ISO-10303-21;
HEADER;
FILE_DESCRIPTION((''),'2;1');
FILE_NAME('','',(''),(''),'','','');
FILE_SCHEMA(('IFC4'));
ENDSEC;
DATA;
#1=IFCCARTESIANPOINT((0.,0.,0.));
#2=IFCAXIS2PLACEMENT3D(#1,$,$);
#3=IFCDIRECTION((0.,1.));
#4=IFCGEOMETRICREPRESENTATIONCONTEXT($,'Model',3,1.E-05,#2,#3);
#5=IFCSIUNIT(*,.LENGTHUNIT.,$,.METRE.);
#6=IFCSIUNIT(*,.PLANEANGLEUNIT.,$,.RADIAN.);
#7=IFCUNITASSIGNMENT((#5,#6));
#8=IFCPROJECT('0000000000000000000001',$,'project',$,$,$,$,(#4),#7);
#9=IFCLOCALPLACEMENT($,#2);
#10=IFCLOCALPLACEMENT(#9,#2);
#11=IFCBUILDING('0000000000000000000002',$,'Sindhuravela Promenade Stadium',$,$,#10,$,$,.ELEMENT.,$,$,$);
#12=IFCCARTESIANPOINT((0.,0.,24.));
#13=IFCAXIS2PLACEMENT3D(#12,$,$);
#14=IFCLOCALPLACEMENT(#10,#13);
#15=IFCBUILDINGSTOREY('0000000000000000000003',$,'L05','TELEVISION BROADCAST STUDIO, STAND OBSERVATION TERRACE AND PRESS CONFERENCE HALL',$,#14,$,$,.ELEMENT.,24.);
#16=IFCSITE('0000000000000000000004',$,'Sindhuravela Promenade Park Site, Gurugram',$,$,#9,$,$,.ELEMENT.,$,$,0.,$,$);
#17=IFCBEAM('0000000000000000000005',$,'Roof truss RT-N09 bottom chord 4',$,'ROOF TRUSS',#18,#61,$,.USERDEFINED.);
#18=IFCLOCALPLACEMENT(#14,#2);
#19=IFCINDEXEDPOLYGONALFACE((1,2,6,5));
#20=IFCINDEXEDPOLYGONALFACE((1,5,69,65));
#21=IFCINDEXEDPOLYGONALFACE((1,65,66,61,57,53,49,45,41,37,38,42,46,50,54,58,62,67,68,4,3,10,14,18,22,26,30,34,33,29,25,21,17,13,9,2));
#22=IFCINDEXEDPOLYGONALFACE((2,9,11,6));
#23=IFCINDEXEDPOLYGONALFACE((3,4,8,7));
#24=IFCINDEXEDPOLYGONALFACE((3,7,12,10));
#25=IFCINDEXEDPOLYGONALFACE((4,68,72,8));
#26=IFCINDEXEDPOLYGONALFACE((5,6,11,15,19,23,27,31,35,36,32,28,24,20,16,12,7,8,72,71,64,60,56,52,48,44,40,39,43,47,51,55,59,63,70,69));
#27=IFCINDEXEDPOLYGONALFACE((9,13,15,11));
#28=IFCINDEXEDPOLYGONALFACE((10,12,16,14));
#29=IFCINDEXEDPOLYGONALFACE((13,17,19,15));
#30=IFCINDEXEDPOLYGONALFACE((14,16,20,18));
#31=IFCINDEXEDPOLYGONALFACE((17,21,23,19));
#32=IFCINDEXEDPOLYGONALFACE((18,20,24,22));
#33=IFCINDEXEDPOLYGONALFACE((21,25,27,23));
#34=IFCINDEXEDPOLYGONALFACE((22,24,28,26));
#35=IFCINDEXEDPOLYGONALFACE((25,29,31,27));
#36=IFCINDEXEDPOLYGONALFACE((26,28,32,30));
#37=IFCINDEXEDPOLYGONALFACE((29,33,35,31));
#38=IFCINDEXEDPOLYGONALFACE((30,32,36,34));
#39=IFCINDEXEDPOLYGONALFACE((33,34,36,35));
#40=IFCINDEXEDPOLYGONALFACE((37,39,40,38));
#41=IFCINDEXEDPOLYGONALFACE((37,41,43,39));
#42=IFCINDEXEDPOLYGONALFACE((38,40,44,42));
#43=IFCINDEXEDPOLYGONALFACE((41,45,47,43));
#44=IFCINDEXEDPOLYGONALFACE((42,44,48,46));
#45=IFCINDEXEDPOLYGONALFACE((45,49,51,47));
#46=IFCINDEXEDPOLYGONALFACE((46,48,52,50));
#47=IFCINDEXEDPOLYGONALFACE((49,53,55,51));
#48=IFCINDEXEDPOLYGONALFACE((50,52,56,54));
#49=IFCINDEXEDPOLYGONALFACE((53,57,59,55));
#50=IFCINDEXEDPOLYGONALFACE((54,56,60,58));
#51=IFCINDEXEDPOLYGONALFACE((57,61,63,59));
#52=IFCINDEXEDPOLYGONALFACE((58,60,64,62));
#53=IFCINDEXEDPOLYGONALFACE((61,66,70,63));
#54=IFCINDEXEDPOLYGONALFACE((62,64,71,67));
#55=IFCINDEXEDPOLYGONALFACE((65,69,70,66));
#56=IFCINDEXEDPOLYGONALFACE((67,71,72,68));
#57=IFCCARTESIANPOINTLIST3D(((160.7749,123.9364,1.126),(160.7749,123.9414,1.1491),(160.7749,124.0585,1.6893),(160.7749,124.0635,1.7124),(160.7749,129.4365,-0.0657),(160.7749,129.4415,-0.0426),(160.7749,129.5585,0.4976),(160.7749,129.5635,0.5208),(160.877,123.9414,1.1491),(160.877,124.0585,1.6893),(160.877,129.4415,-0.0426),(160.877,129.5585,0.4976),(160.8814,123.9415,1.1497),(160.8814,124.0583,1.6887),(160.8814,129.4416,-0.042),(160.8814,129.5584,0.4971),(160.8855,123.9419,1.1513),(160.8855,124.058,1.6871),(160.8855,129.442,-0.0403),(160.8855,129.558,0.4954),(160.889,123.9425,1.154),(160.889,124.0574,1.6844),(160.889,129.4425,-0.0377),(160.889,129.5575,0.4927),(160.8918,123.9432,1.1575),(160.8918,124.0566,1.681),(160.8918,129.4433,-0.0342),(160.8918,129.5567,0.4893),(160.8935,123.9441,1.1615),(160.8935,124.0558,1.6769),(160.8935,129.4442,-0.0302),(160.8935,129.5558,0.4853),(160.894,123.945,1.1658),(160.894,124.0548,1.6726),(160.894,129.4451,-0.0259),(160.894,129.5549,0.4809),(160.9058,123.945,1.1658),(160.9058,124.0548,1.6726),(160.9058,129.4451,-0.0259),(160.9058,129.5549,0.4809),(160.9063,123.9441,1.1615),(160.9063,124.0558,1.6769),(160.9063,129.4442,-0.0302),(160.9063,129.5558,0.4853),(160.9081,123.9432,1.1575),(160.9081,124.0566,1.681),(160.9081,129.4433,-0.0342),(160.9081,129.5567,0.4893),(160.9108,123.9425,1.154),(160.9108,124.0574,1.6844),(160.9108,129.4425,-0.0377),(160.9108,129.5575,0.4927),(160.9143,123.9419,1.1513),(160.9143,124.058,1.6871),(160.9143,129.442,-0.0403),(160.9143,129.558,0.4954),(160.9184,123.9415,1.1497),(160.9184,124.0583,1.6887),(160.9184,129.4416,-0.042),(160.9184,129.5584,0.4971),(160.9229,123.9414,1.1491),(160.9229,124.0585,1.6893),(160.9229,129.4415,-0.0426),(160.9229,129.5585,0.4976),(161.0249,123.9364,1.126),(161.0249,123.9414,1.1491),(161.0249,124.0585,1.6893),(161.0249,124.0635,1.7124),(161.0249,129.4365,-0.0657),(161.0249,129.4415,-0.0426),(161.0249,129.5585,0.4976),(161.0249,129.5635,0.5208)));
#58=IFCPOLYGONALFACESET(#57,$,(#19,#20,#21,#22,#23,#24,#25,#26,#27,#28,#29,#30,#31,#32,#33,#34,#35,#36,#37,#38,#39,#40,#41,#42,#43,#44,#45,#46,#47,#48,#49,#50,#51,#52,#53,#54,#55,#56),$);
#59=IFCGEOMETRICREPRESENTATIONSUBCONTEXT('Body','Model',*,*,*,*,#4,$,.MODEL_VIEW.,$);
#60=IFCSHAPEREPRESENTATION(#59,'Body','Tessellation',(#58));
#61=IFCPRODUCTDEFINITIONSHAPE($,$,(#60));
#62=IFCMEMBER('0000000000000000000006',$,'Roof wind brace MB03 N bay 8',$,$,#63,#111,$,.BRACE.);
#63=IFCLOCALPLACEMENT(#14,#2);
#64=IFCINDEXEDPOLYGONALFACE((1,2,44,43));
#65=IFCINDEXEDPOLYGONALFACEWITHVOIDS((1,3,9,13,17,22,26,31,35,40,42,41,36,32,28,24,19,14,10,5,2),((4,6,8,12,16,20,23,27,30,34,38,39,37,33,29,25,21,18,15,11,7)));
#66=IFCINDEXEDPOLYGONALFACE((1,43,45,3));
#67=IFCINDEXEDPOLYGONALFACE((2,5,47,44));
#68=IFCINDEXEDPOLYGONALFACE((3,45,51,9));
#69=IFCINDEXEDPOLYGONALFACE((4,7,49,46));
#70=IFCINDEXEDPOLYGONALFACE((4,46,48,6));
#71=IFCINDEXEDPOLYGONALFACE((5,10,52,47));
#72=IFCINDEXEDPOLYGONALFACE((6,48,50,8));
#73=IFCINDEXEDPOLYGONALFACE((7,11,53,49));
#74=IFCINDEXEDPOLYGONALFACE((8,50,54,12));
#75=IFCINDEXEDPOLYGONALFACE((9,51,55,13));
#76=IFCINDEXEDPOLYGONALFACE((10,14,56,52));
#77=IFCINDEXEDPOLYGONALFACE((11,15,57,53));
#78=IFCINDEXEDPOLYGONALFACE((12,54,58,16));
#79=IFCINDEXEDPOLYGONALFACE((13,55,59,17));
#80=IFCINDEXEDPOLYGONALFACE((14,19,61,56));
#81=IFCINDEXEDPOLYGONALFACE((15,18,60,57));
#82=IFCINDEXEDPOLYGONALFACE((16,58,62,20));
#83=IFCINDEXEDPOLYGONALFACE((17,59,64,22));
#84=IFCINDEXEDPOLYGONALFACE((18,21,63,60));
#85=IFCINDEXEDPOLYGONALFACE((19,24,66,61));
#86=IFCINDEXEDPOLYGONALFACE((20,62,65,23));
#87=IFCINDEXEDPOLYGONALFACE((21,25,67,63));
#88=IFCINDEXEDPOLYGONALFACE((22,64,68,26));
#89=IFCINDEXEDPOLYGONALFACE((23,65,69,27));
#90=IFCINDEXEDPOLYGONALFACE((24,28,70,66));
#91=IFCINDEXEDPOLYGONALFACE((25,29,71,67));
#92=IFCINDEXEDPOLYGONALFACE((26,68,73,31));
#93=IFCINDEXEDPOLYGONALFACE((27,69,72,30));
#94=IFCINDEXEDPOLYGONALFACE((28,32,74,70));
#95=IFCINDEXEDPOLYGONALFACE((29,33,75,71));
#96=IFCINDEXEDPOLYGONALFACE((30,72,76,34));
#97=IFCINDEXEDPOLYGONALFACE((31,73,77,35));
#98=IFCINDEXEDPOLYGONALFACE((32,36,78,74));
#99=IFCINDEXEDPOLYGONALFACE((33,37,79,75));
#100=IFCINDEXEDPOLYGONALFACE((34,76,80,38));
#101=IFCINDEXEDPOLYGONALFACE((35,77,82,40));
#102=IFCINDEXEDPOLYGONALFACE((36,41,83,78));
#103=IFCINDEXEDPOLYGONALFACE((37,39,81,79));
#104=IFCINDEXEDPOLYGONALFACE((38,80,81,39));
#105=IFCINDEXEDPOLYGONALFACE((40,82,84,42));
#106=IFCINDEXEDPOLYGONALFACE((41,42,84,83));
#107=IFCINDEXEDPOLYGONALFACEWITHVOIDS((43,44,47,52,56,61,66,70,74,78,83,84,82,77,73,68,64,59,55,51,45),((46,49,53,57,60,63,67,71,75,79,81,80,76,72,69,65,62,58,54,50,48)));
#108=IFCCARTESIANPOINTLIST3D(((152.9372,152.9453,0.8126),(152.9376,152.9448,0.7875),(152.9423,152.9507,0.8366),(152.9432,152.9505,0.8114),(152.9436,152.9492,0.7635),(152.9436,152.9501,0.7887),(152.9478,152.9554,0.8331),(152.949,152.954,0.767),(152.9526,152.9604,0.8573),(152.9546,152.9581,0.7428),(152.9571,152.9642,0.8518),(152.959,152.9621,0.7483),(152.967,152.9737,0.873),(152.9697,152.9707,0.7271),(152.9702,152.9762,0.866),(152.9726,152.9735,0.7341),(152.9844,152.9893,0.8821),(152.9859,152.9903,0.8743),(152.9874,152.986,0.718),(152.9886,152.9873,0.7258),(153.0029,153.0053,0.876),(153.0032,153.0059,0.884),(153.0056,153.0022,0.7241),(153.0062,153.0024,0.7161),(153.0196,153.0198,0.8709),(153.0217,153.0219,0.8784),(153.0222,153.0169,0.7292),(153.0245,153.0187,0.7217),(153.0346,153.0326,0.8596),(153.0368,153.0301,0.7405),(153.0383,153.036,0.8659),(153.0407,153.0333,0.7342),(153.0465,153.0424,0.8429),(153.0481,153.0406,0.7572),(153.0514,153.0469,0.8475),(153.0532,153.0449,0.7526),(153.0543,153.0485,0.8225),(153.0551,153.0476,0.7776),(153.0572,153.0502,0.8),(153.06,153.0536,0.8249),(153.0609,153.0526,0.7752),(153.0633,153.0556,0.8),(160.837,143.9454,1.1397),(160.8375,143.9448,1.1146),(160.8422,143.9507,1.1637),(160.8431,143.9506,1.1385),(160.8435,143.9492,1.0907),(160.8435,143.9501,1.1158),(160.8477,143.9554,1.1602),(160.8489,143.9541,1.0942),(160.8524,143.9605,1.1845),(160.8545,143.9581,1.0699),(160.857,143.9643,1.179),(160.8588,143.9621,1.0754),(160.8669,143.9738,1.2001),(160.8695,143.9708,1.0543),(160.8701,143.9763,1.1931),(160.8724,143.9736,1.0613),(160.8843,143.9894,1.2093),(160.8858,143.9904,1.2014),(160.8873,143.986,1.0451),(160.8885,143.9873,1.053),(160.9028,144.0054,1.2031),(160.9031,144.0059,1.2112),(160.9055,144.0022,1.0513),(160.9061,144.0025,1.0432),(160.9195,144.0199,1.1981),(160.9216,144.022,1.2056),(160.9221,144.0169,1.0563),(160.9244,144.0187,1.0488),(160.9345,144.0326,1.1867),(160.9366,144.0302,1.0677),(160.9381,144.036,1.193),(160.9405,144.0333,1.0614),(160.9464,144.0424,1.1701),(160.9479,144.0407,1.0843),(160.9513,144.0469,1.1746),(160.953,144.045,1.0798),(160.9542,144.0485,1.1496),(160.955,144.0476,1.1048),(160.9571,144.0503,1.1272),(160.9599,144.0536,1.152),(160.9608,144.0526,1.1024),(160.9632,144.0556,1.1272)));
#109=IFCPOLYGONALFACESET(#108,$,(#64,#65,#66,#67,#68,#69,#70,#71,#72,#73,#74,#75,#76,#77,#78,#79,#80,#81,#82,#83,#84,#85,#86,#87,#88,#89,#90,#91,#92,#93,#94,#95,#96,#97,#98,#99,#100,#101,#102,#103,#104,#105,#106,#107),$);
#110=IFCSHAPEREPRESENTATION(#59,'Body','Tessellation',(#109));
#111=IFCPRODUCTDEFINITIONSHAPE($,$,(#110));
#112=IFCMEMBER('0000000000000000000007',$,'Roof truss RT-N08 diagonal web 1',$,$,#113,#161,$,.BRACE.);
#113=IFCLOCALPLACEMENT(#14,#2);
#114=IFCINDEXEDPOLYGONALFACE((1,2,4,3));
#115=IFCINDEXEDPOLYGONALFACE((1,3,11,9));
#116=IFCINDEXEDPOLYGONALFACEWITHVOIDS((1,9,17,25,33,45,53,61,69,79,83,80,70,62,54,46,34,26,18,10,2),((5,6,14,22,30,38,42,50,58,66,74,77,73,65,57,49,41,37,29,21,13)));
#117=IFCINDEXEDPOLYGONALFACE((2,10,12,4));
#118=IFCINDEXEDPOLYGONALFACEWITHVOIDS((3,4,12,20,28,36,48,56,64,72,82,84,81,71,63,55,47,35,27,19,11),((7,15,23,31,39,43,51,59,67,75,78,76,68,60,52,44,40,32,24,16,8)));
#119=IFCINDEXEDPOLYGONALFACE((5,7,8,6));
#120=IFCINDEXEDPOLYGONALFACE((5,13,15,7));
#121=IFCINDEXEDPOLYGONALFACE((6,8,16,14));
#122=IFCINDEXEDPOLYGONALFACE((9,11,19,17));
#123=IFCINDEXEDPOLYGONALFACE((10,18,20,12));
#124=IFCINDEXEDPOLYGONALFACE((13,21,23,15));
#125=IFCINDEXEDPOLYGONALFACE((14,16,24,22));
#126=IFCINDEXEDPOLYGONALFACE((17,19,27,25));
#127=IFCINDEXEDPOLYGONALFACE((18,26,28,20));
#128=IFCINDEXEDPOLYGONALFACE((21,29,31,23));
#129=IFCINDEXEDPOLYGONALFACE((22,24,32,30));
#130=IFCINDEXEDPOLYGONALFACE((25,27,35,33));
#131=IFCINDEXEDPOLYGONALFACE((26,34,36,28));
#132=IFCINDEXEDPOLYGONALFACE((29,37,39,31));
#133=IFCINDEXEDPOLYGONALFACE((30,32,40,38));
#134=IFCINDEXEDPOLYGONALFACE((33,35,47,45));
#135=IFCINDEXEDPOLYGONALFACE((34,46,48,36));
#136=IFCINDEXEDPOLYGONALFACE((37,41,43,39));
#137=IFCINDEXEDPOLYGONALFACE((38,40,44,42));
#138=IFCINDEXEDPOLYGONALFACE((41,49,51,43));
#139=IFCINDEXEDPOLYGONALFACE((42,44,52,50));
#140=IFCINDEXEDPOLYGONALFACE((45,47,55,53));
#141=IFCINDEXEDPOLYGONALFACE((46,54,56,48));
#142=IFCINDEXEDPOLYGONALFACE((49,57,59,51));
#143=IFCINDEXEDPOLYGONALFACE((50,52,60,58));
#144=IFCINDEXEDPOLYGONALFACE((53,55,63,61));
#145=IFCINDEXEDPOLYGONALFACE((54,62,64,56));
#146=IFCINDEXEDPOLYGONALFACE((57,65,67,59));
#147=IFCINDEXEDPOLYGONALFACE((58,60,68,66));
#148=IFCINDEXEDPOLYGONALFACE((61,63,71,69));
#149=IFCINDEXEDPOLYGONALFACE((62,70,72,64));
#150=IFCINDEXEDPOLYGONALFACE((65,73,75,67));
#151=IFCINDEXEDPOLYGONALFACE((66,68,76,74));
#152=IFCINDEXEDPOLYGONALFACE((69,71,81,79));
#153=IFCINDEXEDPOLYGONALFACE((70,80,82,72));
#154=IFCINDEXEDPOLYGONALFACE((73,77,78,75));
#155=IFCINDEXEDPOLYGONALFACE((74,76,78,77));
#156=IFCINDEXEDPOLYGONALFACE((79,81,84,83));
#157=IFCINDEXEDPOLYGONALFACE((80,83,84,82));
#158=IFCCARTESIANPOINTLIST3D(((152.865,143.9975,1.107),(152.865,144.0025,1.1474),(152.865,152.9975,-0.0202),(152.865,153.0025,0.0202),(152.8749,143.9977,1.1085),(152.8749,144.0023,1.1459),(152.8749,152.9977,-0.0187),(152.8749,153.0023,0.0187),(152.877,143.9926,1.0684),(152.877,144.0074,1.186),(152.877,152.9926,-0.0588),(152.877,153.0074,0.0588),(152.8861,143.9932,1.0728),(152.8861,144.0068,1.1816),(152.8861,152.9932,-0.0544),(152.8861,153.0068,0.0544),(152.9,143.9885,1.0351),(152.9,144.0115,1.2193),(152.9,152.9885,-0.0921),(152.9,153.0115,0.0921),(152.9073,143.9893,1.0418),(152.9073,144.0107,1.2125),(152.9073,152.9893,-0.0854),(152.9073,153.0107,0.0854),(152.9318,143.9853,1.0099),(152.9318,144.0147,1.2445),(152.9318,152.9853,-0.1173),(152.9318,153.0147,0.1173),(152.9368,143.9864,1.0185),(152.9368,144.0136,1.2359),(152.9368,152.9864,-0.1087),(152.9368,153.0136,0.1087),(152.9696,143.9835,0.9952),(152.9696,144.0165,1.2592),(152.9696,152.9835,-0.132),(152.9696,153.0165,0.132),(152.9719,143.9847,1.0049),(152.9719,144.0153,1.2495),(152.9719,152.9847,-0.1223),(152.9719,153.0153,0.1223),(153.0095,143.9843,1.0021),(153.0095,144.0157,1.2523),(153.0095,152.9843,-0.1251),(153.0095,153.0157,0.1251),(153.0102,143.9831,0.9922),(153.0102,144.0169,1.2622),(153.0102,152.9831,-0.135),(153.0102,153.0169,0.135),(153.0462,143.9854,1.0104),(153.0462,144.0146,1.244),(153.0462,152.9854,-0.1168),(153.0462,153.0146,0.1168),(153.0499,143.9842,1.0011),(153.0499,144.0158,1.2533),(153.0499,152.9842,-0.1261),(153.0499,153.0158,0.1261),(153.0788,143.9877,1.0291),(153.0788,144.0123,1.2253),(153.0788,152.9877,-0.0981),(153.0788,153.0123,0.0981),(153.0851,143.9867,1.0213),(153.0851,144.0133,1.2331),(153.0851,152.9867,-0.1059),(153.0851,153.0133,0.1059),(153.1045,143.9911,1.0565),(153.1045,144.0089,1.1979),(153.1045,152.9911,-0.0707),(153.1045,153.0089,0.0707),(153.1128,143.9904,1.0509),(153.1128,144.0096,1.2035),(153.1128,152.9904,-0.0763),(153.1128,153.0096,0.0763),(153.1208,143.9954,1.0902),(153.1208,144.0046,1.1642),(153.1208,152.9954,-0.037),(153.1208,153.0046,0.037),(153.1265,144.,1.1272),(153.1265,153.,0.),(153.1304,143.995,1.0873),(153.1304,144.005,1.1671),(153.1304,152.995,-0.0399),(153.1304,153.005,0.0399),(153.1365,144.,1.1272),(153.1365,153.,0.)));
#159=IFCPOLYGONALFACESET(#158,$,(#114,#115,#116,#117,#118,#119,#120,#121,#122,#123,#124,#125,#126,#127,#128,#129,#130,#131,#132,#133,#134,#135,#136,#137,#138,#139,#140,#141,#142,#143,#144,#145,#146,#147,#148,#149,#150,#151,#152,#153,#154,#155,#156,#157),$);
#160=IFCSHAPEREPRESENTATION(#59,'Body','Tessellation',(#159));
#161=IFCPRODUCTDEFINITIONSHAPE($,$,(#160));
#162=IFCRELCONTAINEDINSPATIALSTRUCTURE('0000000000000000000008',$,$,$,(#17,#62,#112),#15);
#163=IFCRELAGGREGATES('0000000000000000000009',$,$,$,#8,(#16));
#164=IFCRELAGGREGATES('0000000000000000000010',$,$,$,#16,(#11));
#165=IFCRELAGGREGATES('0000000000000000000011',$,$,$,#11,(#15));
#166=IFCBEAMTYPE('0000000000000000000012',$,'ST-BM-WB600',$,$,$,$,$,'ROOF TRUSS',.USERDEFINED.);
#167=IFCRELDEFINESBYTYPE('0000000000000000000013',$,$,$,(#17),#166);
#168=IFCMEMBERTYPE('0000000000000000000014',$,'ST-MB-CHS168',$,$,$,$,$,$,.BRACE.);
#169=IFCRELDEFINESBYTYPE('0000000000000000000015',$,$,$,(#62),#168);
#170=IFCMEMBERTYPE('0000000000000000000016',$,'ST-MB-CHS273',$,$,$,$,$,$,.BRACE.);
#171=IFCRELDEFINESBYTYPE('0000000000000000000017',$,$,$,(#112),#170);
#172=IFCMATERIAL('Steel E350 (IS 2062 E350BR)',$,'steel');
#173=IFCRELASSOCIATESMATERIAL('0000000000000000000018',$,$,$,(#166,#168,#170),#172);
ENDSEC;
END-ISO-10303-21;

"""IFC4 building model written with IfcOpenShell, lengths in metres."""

from ifc_helpers import new_model, si_unit, direction, frame, origin, origin_2d, place, context, subcontext, project, spatial, hollow_circle, i_section, extrude, material, material_profile, profile_set, type_object, element, save


model = new_model("IFC4")

# Units and contexts
model_context = context("Model", 3, precision=1e-05, world=origin(), true_north=direction((0.0, 1.0)))
body_context = subcontext(model_context, "Body", "Model", "MODEL_VIEW")
ifc_project = project(units=[si_unit("LENGTHUNIT", "METRE"), si_unit("PLANEANGLEUNIT", "RADIAN")], contexts=[model_context])

# Site, building, storey
site_placement = place(None, origin())
site = spatial("IfcSite", under=ifc_project, at=site_placement, Name="Sindhuravela Promenade Park Site, Gurugram", CompositionType="ELEMENT", RefElevation=0.0)
building_placement = place(site_placement, origin())
building = spatial("IfcBuilding", under=site, at=building_placement, Name="Sindhuravela Promenade Stadium", CompositionType="ELEMENT")
storey_placement = place(building_placement, frame((0.0, 0.0, 24.0)))
storey = spatial("IfcBuildingStorey", under=building, at=storey_placement, Name="L05", Description="TELEVISION BROADCAST STUDIO, STAND OBSERVATION TERRACE AND PRESS CONFERENCE HALL", CompositionType="ELEMENT", Elevation=24.0)

# Beam
ifc_material_1 = material(Name="Steel E350 (IS 2062 E350BR)", Category="steel")
ifc_material_profile_1 = material_profile(ifc_material_1, i_section(OverallWidth=0.25, OverallDepth=0.6001, WebThickness=0.0117, FlangeThickness=0.0237, FilletRadius=0.0171, at=origin_2d()), Name="ISWB 600")
ifc_profile_set_1 = profile_set([ifc_material_profile_1], Name="Steel E350 (IS 2062 E350BR)")
beam_type = type_object("IfcBeamType", Name="ST-BM-WB600", ElementType="ROOF TRUSS", PredefinedType="USERDEFINED", material=ifc_profile_set_1)
beam_1_placement = place(storey_placement, frame((160.8999, 129.5, 0.2275), z_axis=(0.0, -0.977324, 0.211751), x_axis=(1.0, 0.0, 0.0)))
element("IfcBeam", 1, at=beam_1_placement, inside=storey, type_object=beam_type, Name="Roof truss RT-N09 bottom chord 4", ObjectType="ROOF TRUSS", PredefinedType="USERDEFINED", context=body_context, shape_type="SweptSolid", body=[
    extrude(i_section(OverallWidth=0.25, OverallDepth=0.6001, WebThickness=0.0117, FlangeThickness=0.0237, FilletRadius=0.0171, at=origin_2d()), origin(), (0.0, 0.0, 1.0), 5.6277),
])

# Members
ifc_material_profile_2 = material_profile(ifc_material_1, hollow_circle(Radius=0.0842, WallThickness=0.0081, at=origin_2d()), Name="CHS 168.3x8")
ifc_profile_set_2 = profile_set([ifc_material_profile_2], Name="Steel E350 (IS 2062 E350BR)")
member_type_1 = type_object("IfcMemberType", Name="ST-MB-CHS168", PredefinedType="BRACE", material=ifc_profile_set_2)
member_1_placement = place(storey_placement, frame((153.0, 153.0, 0.8), z_axis=(0.659436, -0.751265, 0.027308), x_axis=(0.751545, 0.659682, 0.0)))
element("IfcMember", 2, at=member_1_placement, inside=storey, type_object=member_type_1, Name="Roof wind brace MB03 N bay 8", PredefinedType="BRACE", context=body_context, shape_type="SweptSolid", body=[
    extrude(hollow_circle(Radius=0.0842, WallThickness=0.0081, at=origin_2d()), origin(), (0.0, 0.0, 1.0), 11.9797),
])
ifc_material_profile_3 = material_profile(ifc_material_1, hollow_circle(Radius=0.1365, WallThickness=0.01, at=origin_2d()), Name="CHS 273.0x10")
ifc_profile_set_3 = profile_set([ifc_material_profile_3], Name="Steel E350 (IS 2062 E350BR)")
member_type_2 = type_object("IfcMemberType", Name="ST-MB-CHS273", PredefinedType="BRACE", material=ifc_profile_set_3)
for number, where, z_axis, x_axis, name in (
    (3, (153.0, 153.0, 0.0), (0.0, -0.992248, 0.124273), (1.0, 0.0, 0.0), "Roof truss RT-N08 diagonal web 1"),
):
    element("IfcMember", number, at=place(storey_placement, frame(where, z_axis=z_axis, x_axis=x_axis)), inside=storey, type_object=member_type_2, Name=name, PredefinedType="BRACE", context=body_context, shape_type="SweptSolid", body=[
        extrude(hollow_circle(Radius=0.1365, WallThickness=0.01, at=origin_2d()), origin(), (0.0, 0.0, 1.0), 9.0703),
    ])

save(model, "model.ifc")
